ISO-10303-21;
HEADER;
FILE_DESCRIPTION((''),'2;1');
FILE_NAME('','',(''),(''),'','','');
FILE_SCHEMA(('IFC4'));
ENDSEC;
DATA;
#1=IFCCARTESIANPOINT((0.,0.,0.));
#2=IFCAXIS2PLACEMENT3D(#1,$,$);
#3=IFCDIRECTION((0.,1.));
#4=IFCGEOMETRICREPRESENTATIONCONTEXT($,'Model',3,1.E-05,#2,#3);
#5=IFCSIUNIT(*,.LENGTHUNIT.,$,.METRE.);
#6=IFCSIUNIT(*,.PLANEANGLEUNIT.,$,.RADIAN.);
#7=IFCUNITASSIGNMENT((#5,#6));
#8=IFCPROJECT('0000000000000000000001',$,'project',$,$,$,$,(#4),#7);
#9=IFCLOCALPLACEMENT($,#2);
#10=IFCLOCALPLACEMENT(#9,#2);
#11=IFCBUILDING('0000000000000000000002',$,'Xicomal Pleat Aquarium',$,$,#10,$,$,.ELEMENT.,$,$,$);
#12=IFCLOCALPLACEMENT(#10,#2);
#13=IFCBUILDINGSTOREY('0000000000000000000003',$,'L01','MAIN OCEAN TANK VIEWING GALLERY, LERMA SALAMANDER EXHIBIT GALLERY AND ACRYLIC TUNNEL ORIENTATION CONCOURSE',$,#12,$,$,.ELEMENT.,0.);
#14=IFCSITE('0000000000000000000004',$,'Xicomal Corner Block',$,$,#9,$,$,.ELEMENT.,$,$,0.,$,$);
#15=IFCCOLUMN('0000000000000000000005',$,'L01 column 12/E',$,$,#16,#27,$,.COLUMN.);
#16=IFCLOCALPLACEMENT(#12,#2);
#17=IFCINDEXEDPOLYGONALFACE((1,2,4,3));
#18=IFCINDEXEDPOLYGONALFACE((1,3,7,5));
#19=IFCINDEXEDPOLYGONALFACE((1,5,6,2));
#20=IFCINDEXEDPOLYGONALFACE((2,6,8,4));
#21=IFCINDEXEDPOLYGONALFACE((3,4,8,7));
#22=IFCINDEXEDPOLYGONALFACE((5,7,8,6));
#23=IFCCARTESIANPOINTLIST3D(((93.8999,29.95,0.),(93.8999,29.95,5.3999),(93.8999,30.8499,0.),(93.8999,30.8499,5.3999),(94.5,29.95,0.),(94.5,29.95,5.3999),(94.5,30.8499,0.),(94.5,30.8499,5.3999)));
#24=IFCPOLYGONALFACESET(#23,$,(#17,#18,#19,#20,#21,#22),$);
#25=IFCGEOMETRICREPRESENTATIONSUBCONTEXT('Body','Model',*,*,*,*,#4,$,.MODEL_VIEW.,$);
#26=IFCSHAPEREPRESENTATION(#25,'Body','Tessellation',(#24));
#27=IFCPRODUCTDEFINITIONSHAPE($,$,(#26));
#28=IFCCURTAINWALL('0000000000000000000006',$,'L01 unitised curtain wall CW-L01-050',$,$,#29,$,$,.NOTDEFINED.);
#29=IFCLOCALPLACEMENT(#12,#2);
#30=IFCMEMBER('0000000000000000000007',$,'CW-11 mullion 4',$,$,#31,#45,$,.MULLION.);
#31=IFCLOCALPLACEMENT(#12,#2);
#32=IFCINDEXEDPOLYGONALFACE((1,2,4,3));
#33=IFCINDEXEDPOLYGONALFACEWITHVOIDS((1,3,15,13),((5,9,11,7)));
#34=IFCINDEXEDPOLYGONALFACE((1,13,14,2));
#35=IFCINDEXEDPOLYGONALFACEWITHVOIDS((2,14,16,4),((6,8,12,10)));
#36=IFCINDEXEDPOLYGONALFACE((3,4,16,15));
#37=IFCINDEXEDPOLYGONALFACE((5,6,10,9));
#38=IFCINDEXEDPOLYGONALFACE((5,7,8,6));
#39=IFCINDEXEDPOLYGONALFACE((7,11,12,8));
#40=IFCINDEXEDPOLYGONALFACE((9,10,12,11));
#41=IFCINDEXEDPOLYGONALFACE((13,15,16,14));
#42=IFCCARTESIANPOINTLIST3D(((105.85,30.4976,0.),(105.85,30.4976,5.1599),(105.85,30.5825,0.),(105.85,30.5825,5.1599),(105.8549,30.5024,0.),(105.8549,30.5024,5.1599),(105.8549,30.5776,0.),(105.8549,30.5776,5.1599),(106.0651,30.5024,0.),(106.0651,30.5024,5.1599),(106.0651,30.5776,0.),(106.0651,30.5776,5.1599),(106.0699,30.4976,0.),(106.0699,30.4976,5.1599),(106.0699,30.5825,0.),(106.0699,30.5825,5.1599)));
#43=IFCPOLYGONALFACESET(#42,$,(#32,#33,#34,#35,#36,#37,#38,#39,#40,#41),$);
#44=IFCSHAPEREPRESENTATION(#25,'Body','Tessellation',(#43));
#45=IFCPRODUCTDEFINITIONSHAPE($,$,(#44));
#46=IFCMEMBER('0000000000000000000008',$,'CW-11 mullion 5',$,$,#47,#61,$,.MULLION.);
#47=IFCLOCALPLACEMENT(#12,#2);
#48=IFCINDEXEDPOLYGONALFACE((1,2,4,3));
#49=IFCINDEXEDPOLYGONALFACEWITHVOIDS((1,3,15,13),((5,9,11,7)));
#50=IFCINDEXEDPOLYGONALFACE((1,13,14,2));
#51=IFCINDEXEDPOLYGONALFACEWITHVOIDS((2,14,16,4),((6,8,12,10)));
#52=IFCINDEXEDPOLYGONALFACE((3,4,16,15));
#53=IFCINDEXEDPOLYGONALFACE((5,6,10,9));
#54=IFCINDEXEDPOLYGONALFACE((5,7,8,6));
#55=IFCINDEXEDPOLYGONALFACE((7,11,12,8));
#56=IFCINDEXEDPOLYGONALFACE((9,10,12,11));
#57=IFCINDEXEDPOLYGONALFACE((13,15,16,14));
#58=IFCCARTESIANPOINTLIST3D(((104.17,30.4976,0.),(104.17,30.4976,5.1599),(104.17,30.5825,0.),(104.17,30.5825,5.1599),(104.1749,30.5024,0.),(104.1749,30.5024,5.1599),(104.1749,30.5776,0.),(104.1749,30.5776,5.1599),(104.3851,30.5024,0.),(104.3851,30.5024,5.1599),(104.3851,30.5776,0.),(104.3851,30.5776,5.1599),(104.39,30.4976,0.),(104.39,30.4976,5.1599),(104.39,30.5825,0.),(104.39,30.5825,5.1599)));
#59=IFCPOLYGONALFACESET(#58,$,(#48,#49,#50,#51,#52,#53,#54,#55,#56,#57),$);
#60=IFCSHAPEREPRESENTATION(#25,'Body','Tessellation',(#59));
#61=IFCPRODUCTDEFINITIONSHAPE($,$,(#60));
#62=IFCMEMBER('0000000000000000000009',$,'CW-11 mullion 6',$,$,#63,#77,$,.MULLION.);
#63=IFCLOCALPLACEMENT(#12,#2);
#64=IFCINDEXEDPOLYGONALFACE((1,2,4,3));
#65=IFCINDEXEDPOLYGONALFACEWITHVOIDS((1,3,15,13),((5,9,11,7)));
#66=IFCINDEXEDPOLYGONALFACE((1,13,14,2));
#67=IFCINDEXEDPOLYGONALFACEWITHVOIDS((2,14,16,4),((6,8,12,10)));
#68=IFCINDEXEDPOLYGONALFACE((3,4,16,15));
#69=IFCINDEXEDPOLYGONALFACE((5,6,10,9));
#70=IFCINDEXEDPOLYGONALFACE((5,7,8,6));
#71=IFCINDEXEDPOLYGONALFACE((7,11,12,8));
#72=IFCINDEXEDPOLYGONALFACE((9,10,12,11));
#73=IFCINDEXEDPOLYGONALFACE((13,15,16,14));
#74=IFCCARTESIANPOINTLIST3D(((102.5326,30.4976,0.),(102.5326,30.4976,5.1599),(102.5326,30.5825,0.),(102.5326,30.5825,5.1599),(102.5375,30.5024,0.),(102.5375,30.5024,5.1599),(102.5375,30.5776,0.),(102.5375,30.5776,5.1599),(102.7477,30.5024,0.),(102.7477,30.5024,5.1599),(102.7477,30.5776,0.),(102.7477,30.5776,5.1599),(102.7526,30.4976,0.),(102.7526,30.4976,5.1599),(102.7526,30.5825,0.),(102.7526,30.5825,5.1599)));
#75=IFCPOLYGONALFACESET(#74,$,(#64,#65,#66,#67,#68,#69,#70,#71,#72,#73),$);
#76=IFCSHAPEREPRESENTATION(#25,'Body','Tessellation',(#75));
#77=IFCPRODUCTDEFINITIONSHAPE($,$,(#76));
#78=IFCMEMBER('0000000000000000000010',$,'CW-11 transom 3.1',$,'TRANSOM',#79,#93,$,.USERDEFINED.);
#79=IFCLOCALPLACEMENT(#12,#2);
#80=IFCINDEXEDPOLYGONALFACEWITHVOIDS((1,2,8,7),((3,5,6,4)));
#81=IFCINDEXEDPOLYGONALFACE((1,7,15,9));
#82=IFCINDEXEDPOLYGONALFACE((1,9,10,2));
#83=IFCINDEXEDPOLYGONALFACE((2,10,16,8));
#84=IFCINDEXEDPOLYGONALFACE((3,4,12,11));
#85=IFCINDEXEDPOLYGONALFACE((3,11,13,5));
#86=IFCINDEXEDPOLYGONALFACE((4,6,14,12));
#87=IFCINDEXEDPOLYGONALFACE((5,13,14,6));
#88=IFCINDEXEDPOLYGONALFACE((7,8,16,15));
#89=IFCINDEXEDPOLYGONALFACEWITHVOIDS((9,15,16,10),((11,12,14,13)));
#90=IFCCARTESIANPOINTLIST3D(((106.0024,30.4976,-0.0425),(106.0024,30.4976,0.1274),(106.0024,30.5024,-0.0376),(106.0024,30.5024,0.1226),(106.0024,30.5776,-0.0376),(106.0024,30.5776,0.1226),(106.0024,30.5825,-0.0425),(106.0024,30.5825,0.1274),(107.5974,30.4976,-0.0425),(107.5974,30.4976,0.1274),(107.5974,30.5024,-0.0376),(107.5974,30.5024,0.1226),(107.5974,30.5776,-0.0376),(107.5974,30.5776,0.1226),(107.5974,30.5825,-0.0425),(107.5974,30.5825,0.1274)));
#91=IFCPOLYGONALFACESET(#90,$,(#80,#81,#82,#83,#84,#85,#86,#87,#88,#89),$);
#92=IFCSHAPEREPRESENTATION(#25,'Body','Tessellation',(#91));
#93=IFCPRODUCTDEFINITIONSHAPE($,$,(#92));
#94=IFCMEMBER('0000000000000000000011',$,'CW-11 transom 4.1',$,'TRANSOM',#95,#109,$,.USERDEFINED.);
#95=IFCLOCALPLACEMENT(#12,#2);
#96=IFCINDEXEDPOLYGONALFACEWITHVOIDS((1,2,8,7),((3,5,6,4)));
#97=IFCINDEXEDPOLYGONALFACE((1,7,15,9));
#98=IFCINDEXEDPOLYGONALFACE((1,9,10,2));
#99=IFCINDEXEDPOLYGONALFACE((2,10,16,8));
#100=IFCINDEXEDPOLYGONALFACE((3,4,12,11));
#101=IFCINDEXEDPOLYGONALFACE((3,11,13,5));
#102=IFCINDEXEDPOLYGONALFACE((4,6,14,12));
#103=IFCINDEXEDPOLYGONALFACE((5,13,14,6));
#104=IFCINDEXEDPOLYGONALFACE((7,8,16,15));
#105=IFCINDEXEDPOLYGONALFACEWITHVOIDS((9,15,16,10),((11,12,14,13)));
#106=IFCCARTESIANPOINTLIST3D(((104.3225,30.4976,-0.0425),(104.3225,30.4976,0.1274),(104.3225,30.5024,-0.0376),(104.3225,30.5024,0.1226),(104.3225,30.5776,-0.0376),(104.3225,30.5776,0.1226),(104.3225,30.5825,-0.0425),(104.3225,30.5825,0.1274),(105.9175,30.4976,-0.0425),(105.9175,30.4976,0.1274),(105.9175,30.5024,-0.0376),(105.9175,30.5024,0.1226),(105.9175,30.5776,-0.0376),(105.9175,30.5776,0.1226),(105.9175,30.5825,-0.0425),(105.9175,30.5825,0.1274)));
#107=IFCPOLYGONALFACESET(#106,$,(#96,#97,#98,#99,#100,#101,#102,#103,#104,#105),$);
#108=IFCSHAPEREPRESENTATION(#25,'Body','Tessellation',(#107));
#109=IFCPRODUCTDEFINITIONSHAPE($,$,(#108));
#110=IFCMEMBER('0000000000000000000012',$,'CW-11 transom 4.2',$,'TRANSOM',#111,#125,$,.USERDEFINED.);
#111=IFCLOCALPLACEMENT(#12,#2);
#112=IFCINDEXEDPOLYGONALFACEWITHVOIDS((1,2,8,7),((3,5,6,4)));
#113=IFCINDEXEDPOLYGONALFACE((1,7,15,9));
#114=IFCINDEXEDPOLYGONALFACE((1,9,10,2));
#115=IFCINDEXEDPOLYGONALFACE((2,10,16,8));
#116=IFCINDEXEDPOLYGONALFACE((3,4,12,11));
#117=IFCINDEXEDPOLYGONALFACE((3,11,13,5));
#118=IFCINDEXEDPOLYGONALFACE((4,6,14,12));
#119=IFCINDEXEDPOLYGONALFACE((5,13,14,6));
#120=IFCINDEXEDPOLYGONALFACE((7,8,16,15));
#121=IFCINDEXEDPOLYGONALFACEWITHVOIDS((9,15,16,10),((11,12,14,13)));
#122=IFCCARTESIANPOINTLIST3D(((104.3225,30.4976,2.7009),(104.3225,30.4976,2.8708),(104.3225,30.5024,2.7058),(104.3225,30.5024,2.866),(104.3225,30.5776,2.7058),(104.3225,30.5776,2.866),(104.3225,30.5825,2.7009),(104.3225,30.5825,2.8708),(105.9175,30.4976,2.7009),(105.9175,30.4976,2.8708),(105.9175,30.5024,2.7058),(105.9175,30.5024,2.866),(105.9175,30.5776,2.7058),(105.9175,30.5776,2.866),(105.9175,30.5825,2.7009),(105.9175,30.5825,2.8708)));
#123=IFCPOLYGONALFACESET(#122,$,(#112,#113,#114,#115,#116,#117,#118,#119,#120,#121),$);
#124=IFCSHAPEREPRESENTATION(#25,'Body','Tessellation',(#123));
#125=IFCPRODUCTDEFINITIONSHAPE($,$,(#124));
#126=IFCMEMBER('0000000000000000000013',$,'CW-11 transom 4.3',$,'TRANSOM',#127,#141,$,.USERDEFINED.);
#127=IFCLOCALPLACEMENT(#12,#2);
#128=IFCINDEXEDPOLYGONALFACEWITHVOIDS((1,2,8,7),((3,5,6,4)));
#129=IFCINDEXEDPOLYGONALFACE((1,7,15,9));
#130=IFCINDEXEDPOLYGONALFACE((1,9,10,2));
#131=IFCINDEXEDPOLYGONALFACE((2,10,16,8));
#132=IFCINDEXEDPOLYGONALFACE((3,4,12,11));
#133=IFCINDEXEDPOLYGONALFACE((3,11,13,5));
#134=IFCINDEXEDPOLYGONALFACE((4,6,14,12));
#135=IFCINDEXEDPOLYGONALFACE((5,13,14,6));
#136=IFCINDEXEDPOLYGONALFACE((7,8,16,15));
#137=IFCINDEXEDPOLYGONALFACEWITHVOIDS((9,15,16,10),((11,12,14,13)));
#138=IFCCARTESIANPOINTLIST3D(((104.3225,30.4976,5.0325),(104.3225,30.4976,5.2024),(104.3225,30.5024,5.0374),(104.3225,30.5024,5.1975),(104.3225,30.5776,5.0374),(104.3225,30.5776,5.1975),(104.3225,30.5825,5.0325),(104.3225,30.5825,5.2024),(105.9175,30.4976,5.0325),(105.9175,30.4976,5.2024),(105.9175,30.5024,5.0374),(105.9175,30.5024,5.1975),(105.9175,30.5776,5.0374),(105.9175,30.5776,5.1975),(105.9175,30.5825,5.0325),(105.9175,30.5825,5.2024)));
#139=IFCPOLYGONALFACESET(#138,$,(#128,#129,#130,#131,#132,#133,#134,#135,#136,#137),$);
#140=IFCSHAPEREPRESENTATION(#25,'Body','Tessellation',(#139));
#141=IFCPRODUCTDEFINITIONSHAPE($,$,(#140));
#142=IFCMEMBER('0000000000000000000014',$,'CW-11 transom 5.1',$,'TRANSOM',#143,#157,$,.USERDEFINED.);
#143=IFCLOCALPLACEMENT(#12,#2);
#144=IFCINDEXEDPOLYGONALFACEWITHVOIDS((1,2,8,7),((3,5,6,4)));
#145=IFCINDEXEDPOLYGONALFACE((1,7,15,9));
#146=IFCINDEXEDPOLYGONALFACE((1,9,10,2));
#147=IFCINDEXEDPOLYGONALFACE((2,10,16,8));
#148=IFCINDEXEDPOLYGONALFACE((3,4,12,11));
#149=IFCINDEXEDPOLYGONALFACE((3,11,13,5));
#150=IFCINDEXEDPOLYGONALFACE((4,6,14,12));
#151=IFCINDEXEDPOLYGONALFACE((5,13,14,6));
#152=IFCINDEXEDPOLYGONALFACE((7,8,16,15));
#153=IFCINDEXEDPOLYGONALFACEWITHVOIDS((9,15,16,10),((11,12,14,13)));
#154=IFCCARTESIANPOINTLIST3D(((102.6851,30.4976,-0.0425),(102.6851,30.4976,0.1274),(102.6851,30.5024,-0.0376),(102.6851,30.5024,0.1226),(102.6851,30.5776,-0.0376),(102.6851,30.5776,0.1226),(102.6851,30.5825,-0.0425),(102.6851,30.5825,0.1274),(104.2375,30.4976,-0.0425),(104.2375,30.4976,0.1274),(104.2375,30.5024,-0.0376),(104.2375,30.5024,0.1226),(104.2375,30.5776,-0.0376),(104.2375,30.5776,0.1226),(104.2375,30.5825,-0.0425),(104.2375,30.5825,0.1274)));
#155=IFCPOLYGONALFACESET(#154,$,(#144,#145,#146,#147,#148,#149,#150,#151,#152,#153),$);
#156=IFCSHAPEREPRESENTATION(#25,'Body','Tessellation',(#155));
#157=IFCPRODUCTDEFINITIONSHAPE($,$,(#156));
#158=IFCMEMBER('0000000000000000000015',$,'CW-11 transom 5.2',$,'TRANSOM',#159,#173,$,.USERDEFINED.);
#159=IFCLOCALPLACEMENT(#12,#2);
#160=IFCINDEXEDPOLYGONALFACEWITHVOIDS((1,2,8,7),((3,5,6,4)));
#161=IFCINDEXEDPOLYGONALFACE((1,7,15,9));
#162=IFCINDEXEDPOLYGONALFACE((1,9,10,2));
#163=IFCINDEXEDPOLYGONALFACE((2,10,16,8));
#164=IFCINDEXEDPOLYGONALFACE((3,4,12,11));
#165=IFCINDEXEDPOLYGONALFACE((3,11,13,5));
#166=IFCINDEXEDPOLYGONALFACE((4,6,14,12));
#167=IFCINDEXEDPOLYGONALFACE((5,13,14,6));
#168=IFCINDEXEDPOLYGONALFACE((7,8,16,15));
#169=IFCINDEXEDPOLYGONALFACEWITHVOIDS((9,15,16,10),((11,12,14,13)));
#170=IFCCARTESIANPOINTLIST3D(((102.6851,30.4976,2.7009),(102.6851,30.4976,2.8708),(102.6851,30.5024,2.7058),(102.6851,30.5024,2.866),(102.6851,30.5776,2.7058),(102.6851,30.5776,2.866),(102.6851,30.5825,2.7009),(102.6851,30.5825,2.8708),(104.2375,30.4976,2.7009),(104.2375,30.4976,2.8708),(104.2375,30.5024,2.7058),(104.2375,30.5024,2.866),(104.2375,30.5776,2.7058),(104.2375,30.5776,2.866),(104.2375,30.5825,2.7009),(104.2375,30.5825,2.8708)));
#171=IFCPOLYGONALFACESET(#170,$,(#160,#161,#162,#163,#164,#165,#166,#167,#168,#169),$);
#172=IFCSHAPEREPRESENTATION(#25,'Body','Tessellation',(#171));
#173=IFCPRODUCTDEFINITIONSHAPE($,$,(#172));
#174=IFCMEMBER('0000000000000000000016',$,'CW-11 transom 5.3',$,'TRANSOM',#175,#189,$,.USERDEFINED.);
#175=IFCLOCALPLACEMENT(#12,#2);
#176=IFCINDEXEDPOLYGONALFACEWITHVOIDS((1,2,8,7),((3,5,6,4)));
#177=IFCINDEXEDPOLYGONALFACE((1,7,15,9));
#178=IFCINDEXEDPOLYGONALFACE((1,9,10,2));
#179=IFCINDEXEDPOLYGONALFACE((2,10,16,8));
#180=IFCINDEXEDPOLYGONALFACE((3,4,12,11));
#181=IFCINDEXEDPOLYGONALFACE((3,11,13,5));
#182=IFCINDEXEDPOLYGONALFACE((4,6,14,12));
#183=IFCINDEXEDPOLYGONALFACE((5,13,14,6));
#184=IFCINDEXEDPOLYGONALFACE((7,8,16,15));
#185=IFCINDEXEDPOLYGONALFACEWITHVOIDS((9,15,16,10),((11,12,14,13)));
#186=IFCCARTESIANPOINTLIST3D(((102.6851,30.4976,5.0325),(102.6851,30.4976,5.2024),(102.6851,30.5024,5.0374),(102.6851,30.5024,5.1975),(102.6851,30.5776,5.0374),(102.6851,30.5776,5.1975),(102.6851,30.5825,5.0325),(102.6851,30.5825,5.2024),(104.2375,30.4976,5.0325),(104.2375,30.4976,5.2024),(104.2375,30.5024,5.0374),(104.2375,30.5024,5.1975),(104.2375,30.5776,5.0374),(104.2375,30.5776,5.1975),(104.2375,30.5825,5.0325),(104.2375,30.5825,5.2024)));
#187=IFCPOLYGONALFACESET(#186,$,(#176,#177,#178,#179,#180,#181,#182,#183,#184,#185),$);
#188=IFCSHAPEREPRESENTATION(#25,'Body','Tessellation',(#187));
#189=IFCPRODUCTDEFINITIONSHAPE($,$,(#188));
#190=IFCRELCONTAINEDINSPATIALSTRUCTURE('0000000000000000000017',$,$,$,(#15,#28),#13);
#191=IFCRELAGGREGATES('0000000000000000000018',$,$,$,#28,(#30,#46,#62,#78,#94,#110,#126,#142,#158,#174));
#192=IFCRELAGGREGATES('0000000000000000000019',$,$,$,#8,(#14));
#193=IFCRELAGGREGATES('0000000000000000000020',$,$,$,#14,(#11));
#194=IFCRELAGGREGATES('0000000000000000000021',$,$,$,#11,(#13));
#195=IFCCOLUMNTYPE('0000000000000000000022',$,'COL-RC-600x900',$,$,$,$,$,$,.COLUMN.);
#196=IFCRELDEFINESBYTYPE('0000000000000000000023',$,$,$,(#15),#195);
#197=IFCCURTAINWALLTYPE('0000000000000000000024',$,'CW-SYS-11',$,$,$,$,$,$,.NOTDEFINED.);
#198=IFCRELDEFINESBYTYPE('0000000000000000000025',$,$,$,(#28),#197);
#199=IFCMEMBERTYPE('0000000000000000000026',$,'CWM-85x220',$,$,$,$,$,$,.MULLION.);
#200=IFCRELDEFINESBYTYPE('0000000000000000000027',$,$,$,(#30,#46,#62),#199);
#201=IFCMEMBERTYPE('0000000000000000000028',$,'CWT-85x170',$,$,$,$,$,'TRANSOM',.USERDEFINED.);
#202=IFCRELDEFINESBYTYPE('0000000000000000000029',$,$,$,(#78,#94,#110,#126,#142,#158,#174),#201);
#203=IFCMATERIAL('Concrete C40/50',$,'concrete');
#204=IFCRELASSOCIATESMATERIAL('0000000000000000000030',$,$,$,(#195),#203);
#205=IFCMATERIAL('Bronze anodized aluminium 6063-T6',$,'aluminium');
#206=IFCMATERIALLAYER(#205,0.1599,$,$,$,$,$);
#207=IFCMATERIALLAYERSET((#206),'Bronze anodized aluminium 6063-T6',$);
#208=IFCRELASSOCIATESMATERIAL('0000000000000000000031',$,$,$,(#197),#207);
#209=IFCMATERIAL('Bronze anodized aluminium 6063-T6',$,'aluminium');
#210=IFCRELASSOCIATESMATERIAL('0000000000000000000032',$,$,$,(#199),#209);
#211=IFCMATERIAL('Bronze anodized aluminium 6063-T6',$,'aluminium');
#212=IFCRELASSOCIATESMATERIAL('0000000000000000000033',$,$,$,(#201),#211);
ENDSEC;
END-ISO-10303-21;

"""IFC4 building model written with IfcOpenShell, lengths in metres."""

from ifc_helpers import new_model, si_unit, direction, frame, origin, origin_2d, place, context, subcontext, project, spatial, rectangle, hollow_rectangle, extrude, material, layer, layer_set, material_profile, profile_set, type_object, element, aggregate, save


model = new_model("IFC4")

# Units and contexts
model_context = context("Model", 3, precision=1e-05, world=origin(), true_north=direction((0.0, 1.0)))
body_context = subcontext(model_context, "Body", "Model", "MODEL_VIEW")
ifc_project = project(units=[si_unit("LENGTHUNIT", "METRE"), si_unit("PLANEANGLEUNIT", "RADIAN")], contexts=[model_context])

# Site, building, storey
site_placement = place(None, origin())
site = spatial("IfcSite", under=ifc_project, at=site_placement, Name="Xicomal Corner Block", CompositionType="ELEMENT", RefElevation=0.0)
building_placement = place(site_placement, origin())
building = spatial("IfcBuilding", under=site, at=building_placement, Name="Xicomal Pleat Aquarium", CompositionType="ELEMENT")
storey_placement = place(building_placement, origin())
storey = spatial("IfcBuildingStorey", under=building, at=storey_placement, Name="L01", Description="MAIN OCEAN TANK VIEWING GALLERY, LERMA SALAMANDER EXHIBIT GALLERY AND ACRYLIC TUNNEL ORIENTATION CONCOURSE", CompositionType="ELEMENT", Elevation=0.0)

# Column
ifc_material_1 = material(Name="Concrete C40/50", Category="concrete")
ifc_material_profile_1 = material_profile(ifc_material_1, rectangle(XDim=0.6001, YDim=0.8999, at=origin_2d()), Name="RC 600x900")
ifc_profile_set_1 = profile_set([ifc_material_profile_1], Name="Concrete C40/50")
column_type = type_object("IfcColumnType", Name="COL-RC-600x900", PredefinedType="COLUMN", material=ifc_profile_set_1)
column_placement = place(storey_placement, frame((94.2, 30.3999, 0.0), z_axis=(0.0, 0.0, 1.0), x_axis=(1.0, 0.0, 0.0)))
element("IfcColumn", 1, at=column_placement, inside=storey, type_object=column_type, Name="L01 column 12/E", PredefinedType="COLUMN", context=body_context, shape_type="SweptSolid", body=[
    extrude(rectangle(XDim=0.6001, YDim=0.8999, at=origin_2d()), origin(), (0.0, 0.0, 1.0), 5.3999),
])

# Curtain wall, members
ifc_material_2 = material(Name="Bronze anodized aluminium 6063-T6", Category="aluminium")
ifc_layer_1 = layer(ifc_material_2, 0.1599)
ifc_layer_set_1 = layer_set([ifc_layer_1], Name="Bronze anodized aluminium 6063-T6")
curtain_wall_type = type_object("IfcCurtainWallType", Name="CW-SYS-11", PredefinedType="NOTDEFINED", material=ifc_layer_set_1)
curtain_wall_placement = place(storey_placement, origin())
curtain_wall = element("IfcCurtainWall", 2, at=curtain_wall_placement, inside=storey, type_object=curtain_wall_type, Name="L01 unitised curtain wall CW-L01-050", PredefinedType="NOTDEFINED")
ifc_material_3 = material(Name="Bronze anodized aluminium 6063-T6", Category="aluminium")
ifc_material_profile_2 = material_profile(ifc_material_3, hollow_rectangle(XDim=0.085, YDim=0.22, WallThickness=0.0049, at=origin_2d()), Name="ALU MULL 85x220")
ifc_profile_set_2 = profile_set([ifc_material_profile_2], Name="Bronze anodized aluminium 6063-T6")
member_type_1 = type_object("IfcMemberType", Name="CWM-85x220", PredefinedType="MULLION", material=ifc_profile_set_2)
member_1_placement = place(storey_placement, frame((105.96, 30.54, 0.0), z_axis=(0.0, 0.0, 1.0), x_axis=(0.0, -1.0, 0.0)))
member_1 = element("IfcMember", 3, at=member_1_placement, type_object=member_type_1, Name="CW-11 mullion 4", PredefinedType="MULLION", context=body_context, shape_type="SweptSolid", body=[
    extrude(hollow_rectangle(XDim=0.085, YDim=0.22, WallThickness=0.0049, at=origin_2d()), origin(), (0.0, 0.0, 1.0), 5.1599),
])
member_2_placement = place(storey_placement, frame((104.28, 30.54, 0.0), z_axis=(0.0, 0.0, 1.0), x_axis=(0.0, -1.0, 0.0)))
member_2 = element("IfcMember", 4, at=member_2_placement, type_object=member_type_1, Name="CW-11 mullion 5", PredefinedType="MULLION", context=body_context, shape_type="SweptSolid", body=[
    extrude(hollow_rectangle(XDim=0.085, YDim=0.22, WallThickness=0.0049, at=origin_2d()), origin(), (0.0, 0.0, 1.0), 5.1599),
])
member_3_placement = place(storey_placement, frame((102.6426, 30.54, 0.0), z_axis=(0.0, 0.0, 1.0), x_axis=(0.0, -1.0, 0.0)))
member_3 = element("IfcMember", 5, at=member_3_placement, type_object=member_type_1, Name="CW-11 mullion 6", PredefinedType="MULLION", context=body_context, shape_type="SweptSolid", body=[
    extrude(hollow_rectangle(XDim=0.085, YDim=0.22, WallThickness=0.0049, at=origin_2d()), origin(), (0.0, 0.0, 1.0), 5.1599),
])
ifc_material_4 = material(Name="Bronze anodized aluminium 6063-T6", Category="aluminium")
ifc_material_profile_3 = material_profile(ifc_material_4, hollow_rectangle(XDim=0.085, YDim=0.1699, WallThickness=0.0049, at=origin_2d()), Name="ALU TRAN 85x170")
ifc_profile_set_3 = profile_set([ifc_material_profile_3], Name="Bronze anodized aluminium 6063-T6")
member_type_2 = type_object("IfcMemberType", Name="CWT-85x170", ElementType="TRANSOM", PredefinedType="USERDEFINED", material=ifc_profile_set_3)
member_4_placement = place(storey_placement, frame((107.5974, 30.54, 0.0425), z_axis=(-1.0, 0.0, 0.0), x_axis=(0.0, -1.0, 0.0)))
member_4 = element("IfcMember", 6, at=member_4_placement, type_object=member_type_2, Name="CW-11 transom 3.1", ObjectType="TRANSOM", PredefinedType="USERDEFINED", context=body_context, shape_type="SweptSolid", body=[
    extrude(hollow_rectangle(XDim=0.085, YDim=0.1699, WallThickness=0.0049, at=origin_2d()), origin(), (0.0, 0.0, 1.0), 1.595),
])
member_5_placement = place(storey_placement, frame((105.9175, 30.54, 0.0425), z_axis=(-1.0, 0.0, 0.0), x_axis=(0.0, -1.0, 0.0)))
member_5 = element("IfcMember", 7, at=member_5_placement, type_object=member_type_2, Name="CW-11 transom 4.1", ObjectType="TRANSOM", PredefinedType="USERDEFINED", context=body_context, shape_type="SweptSolid", body=[
    extrude(hollow_rectangle(XDim=0.085, YDim=0.1699, WallThickness=0.0049, at=origin_2d()), origin(), (0.0, 0.0, 1.0), 1.595),
])
member_6_placement = place(storey_placement, frame((105.9175, 30.54, 2.7859), z_axis=(-1.0, 0.0, 0.0), x_axis=(0.0, -1.0, 0.0)))
member_6 = element("IfcMember", 8, at=member_6_placement, type_object=member_type_2, Name="CW-11 transom 4.2", ObjectType="TRANSOM", PredefinedType="USERDEFINED", context=body_context, shape_type="SweptSolid", body=[
    extrude(hollow_rectangle(XDim=0.085, YDim=0.1699, WallThickness=0.0049, at=origin_2d()), origin(), (0.0, 0.0, 1.0), 1.595),
])
member_7_placement = place(storey_placement, frame((105.9175, 30.54, 5.1174), z_axis=(-1.0, 0.0, 0.0), x_axis=(0.0, -1.0, 0.0)))
member_7 = element("IfcMember", 9, at=member_7_placement, type_object=member_type_2, Name="CW-11 transom 4.3", ObjectType="TRANSOM", PredefinedType="USERDEFINED", context=body_context, shape_type="SweptSolid", body=[
    extrude(hollow_rectangle(XDim=0.085, YDim=0.1699, WallThickness=0.0049, at=origin_2d()), origin(), (0.0, 0.0, 1.0), 1.595),
])
member_8_placement = place(storey_placement, frame((104.2375, 30.54, 0.0425), z_axis=(-1.0, 0.0, 0.0), x_axis=(0.0, -1.0, 0.0)))
member_8 = element("IfcMember", 10, at=member_8_placement, type_object=member_type_2, Name="CW-11 transom 5.1", ObjectType="TRANSOM", PredefinedType="USERDEFINED", context=body_context, shape_type="SweptSolid", body=[
    extrude(hollow_rectangle(XDim=0.085, YDim=0.1699, WallThickness=0.0049, at=origin_2d()), origin(), (0.0, 0.0, 1.0), 1.5525),
])
member_9_placement = place(storey_placement, frame((104.2375, 30.54, 2.7859), z_axis=(-1.0, 0.0, 0.0), x_axis=(0.0, -1.0, 0.0)))
member_9 = element("IfcMember", 11, at=member_9_placement, type_object=member_type_2, Name="CW-11 transom 5.2", ObjectType="TRANSOM", PredefinedType="USERDEFINED", context=body_context, shape_type="SweptSolid", body=[
    extrude(hollow_rectangle(XDim=0.085, YDim=0.1699, WallThickness=0.0049, at=origin_2d()), origin(), (0.0, 0.0, 1.0), 1.5525),
])
member_10_placement = place(storey_placement, frame((104.2375, 30.54, 5.1174), z_axis=(-1.0, 0.0, 0.0), x_axis=(0.0, -1.0, 0.0)))
member_10 = element("IfcMember", 12, at=member_10_placement, type_object=member_type_2, Name="CW-11 transom 5.3", ObjectType="TRANSOM", PredefinedType="USERDEFINED", context=body_context, shape_type="SweptSolid", body=[
    extrude(hollow_rectangle(XDim=0.085, YDim=0.1699, WallThickness=0.0049, at=origin_2d()), origin(), (0.0, 0.0, 1.0), 1.5525),
])
aggregate(curtain_wall, [member_1, member_2, member_3, member_4, member_5, member_6, member_7, member_8, member_9, member_10])

save(model, "model.ifc")
